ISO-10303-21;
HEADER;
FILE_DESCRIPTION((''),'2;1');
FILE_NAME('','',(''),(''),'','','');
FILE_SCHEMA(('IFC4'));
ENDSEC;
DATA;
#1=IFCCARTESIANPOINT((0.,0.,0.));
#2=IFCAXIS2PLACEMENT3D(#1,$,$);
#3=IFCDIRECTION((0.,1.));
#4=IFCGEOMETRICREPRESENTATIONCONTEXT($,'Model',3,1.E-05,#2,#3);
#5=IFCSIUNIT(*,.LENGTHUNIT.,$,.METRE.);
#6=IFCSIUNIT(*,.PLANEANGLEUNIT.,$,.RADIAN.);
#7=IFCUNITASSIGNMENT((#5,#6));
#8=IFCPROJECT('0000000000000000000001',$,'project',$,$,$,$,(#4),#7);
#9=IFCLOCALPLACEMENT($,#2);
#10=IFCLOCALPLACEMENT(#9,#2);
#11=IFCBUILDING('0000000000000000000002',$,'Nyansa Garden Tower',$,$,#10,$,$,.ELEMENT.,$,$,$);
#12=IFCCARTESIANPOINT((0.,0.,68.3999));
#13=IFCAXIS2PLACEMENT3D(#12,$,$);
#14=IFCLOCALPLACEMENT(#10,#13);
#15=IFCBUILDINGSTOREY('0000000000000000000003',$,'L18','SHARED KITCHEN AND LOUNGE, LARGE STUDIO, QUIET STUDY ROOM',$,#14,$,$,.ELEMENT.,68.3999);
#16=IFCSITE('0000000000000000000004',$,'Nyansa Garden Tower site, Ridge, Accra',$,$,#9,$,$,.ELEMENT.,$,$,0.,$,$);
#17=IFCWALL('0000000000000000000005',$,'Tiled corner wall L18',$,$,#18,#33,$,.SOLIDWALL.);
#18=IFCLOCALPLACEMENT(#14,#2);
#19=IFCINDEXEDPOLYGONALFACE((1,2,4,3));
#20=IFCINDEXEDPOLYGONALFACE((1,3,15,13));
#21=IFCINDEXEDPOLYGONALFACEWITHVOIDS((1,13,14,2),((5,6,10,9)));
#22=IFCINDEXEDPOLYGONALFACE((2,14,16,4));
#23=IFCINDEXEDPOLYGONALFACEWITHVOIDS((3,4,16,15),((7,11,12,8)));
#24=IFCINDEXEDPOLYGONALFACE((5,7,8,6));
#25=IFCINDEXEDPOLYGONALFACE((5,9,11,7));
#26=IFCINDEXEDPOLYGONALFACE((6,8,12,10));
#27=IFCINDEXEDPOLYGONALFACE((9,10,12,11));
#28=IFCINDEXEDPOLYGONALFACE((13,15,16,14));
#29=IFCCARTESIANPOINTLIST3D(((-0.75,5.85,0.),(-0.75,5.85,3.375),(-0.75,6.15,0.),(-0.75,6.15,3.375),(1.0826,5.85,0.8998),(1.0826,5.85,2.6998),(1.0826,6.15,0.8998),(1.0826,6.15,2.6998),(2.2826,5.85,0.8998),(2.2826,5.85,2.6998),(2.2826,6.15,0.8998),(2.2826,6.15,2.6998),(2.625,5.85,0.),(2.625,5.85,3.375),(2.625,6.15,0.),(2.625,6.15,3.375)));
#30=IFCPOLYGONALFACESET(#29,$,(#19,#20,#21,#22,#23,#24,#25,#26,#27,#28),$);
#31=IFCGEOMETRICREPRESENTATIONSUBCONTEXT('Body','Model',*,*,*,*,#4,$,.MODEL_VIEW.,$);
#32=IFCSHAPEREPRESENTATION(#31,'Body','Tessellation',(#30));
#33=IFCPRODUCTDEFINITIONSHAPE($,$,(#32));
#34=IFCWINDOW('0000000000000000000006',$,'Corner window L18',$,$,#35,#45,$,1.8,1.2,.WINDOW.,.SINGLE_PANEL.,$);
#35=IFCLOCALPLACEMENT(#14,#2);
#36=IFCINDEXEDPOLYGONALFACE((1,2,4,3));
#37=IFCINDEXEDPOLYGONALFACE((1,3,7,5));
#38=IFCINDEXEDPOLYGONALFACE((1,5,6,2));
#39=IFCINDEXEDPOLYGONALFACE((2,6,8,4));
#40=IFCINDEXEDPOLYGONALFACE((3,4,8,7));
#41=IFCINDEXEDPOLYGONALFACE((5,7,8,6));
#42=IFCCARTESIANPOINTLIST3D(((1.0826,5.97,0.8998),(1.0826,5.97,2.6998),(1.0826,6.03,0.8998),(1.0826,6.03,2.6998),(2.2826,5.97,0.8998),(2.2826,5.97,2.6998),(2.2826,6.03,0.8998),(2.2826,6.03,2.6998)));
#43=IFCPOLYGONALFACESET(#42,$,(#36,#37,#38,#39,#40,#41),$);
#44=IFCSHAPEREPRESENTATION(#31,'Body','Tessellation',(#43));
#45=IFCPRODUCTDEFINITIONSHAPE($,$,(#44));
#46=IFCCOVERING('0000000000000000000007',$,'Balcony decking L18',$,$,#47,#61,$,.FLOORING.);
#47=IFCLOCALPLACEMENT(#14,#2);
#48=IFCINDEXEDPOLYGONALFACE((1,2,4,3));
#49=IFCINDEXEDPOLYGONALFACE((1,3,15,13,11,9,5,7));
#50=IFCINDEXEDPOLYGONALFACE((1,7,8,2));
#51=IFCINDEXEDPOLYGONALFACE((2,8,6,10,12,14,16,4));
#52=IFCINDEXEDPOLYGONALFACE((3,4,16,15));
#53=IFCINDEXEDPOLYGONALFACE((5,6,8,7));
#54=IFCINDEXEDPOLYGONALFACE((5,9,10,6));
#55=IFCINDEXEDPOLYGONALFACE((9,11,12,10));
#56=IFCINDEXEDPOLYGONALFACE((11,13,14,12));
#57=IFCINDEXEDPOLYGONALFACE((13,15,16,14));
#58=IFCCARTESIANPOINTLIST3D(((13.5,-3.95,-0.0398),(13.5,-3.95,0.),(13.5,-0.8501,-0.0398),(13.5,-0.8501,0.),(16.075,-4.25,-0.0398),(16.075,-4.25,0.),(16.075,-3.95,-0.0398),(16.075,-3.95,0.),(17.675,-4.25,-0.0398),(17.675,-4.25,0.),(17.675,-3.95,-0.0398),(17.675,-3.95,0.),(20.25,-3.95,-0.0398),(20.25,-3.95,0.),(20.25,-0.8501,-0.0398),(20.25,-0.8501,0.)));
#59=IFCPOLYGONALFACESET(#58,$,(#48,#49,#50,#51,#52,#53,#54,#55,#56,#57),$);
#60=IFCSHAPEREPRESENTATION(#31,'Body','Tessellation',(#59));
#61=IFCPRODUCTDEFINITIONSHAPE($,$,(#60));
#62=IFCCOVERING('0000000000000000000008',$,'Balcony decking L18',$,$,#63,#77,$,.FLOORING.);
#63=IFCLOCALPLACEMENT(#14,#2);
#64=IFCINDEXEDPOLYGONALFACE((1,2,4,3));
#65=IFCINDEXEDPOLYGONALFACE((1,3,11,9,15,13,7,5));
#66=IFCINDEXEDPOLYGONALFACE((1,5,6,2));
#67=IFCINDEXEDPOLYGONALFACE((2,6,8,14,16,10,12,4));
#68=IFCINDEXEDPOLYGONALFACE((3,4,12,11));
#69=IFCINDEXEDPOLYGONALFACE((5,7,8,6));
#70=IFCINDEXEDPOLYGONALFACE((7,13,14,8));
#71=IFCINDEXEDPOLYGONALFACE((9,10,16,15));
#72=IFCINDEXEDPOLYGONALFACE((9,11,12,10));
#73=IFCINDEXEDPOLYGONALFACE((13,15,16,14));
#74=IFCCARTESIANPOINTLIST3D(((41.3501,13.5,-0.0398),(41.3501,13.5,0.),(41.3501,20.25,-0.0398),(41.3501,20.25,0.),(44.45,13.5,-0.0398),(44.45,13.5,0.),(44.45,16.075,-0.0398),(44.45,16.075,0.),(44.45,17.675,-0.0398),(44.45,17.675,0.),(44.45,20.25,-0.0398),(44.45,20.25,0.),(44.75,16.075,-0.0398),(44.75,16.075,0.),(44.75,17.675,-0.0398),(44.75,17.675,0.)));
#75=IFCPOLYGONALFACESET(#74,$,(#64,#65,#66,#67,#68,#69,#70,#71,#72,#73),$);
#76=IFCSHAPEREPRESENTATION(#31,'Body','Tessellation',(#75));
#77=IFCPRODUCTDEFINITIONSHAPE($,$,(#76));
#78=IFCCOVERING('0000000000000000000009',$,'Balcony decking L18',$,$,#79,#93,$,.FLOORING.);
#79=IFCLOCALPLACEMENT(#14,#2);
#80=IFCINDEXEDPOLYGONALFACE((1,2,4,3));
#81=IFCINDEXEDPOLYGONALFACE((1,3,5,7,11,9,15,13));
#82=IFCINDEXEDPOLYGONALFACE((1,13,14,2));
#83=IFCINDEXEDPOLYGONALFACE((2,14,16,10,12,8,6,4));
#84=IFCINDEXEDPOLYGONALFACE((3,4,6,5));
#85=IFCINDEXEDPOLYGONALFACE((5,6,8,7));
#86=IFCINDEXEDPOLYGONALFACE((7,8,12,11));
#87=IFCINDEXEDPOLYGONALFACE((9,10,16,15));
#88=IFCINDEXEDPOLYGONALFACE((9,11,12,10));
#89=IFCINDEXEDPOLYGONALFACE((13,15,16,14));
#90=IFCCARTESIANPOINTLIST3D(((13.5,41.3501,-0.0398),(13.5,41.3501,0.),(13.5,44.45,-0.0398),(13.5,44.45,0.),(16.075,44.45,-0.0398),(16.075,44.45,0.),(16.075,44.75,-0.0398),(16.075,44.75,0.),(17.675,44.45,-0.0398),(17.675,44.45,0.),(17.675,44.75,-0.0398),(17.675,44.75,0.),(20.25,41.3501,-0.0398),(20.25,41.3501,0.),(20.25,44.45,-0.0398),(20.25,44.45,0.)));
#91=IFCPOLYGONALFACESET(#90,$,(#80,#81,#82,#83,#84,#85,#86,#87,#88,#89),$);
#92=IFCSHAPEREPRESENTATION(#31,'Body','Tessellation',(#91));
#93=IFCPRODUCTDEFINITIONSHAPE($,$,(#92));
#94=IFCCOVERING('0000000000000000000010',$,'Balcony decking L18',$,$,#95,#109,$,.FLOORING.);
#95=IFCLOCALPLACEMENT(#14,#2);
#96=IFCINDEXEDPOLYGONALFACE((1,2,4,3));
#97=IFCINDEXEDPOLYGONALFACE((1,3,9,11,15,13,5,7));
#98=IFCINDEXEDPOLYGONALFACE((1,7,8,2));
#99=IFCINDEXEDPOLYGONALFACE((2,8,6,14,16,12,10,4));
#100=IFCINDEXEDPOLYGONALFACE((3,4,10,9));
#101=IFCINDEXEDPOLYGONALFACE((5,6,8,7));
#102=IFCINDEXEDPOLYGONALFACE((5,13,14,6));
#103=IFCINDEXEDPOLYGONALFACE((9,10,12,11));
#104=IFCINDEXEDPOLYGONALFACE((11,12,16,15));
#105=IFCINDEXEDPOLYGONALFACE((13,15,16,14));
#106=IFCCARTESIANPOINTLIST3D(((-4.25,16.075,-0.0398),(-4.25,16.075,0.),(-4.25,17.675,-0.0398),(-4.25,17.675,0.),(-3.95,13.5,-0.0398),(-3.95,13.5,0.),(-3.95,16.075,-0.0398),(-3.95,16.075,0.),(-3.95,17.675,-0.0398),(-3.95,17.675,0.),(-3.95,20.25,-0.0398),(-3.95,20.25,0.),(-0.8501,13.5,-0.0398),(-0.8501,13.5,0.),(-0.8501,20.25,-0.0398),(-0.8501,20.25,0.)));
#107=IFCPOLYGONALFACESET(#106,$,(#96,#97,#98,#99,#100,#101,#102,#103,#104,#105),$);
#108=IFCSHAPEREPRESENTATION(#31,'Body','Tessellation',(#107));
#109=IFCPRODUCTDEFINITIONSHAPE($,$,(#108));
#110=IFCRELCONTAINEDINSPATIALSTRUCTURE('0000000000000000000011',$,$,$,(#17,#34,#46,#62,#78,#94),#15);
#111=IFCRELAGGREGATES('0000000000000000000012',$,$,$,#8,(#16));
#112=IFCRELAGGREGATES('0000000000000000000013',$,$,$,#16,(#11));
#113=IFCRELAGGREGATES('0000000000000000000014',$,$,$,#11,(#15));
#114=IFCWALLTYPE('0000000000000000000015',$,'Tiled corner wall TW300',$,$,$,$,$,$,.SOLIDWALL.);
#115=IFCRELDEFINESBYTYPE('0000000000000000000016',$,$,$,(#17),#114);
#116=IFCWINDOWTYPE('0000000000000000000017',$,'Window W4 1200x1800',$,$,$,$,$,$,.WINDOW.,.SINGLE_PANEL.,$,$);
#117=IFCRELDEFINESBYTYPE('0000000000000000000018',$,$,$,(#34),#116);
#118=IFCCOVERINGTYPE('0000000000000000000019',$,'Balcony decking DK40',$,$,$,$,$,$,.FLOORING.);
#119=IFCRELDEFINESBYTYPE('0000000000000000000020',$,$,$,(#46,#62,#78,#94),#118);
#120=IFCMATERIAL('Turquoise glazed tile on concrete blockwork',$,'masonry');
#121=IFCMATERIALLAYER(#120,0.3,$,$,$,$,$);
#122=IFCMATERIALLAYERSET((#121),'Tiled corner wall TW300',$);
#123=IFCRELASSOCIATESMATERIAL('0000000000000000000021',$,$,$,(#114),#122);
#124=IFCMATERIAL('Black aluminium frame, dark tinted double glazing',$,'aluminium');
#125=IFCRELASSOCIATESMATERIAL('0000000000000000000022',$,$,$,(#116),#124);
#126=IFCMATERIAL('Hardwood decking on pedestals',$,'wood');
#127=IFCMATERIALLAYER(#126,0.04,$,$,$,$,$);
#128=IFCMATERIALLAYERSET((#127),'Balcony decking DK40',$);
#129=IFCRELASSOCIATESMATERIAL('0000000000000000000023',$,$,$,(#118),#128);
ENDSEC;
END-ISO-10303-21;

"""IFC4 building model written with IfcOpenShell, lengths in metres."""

from ifc_helpers import new_model, si_unit, direction, frame, frame_2d, origin, place, context, subcontext, project, spatial, polyline, rectangle, outline, extrude, material, layer, layer_set, type_object, element, fill, save


model = new_model("IFC4")

# Units and contexts
model_context = context("Model", 3, precision=1e-05, world=origin(), true_north=direction((0.0, 1.0)))
body_context = subcontext(model_context, "Body", "Model", "MODEL_VIEW")
ifc_project = project(units=[si_unit("LENGTHUNIT", "METRE"), si_unit("PLANEANGLEUNIT", "RADIAN")], contexts=[model_context])

# Site, building, storey
site_placement = place(None, origin())
site = spatial("IfcSite", under=ifc_project, at=site_placement, Name="Nyansa Garden Tower site, Ridge, Accra", CompositionType="ELEMENT", RefElevation=0.0)
building_placement = place(site_placement, origin())
building = spatial("IfcBuilding", under=site, at=building_placement, Name="Nyansa Garden Tower", CompositionType="ELEMENT")
storey_placement = place(building_placement, frame((0.0, 0.0, 68.3999)))
storey = spatial("IfcBuildingStorey", under=building, at=storey_placement, Name="L18", Description="SHARED KITCHEN AND LOUNGE, LARGE STUDIO, QUIET STUDY ROOM", CompositionType="ELEMENT", Elevation=68.3999)

# Wall, opening, window
ifc_material_1 = material(Name="Turquoise glazed tile on concrete blockwork", Category="masonry")
ifc_layer_1 = layer(ifc_material_1, 0.3)
ifc_layer_set_1 = layer_set([ifc_layer_1], Name="Tiled corner wall TW300")
wall_type = type_object("IfcWallType", Name="Tiled corner wall TW300", PredefinedType="SOLIDWALL", material=ifc_layer_set_1)
wall_placement = place(storey_placement, frame((-0.75, 6.0, 0.0), z_axis=(0.0, 0.0, 1.0), x_axis=(1.0, 0.0, 0.0)))
wall = element("IfcWall", 1, at=wall_placement, inside=storey, type_object=wall_type, Name="Tiled corner wall L18", PredefinedType="SOLIDWALL", context=body_context, shape_type="SweptSolid", body=[
    extrude(rectangle(XDim=3.375, YDim=0.3, at=frame_2d((1.6875, 0.0))), origin(), (0.0, 0.0, 1.0), 3.375),
])
opening_placement = place(wall_placement, frame((1.8325, 0.0, 0.8999)))
opening = element("IfcOpeningElement", 2, at=opening_placement, cuts=wall, PredefinedType="OPENING", context=body_context, shape_type="SweptSolid", body=[
    extrude(rectangle(XDim=1.2, YDim=1.8, at=frame_2d((0.6001, 0.8999))), frame((0.0, 0.1599, 0.0), z_axis=(0.0, -1.0, 0.0), x_axis=(1.0, 0.0, 0.0)), (0.0, 0.0, 1.0), 0.3201),
])
ifc_material_2 = material(Name="Black aluminium frame, dark tinted double glazing", Category="aluminium")
window_type = type_object("IfcWindowType", Name="Window W4 1200x1800", PartitioningType="SINGLE_PANEL", PredefinedType="WINDOW", material=ifc_material_2)
window_placement = place(opening_placement, origin())
window = element("IfcWindow", 3, at=window_placement, inside=storey, type_object=window_type, Name="Corner window L18", OverallHeight=1.8, OverallWidth=1.2, PartitioningType="SINGLE_PANEL", PredefinedType="WINDOW", context=body_context, shape_type="SweptSolid", body=[
    extrude(rectangle(XDim=1.2, YDim=1.8, at=frame_2d((0.6001, 0.8999))), frame((0.0, 0.03, 0.0), z_axis=(0.0, -1.0, 0.0), x_axis=(1.0, 0.0, 0.0)), (0.0, 0.0, 1.0), 0.0601),
])
fill(opening, window)

# Coverings
ifc_material_3 = material(Name="Hardwood decking on pedestals", Category="wood")
ifc_layer_2 = layer(ifc_material_3, 0.04)
ifc_layer_set_2 = layer_set([ifc_layer_2], Name="Balcony decking DK40")
covering_type = type_object("IfcCoveringType", Name="Balcony decking DK40", PredefinedType="FLOORING", material=ifc_layer_set_2)
covering_1_placement = place(storey_placement, frame((0.0, 0.0, -0.0398)))
element("IfcCovering", 4, at=covering_1_placement, inside=storey, type_object=covering_type, Name="Balcony decking L18", PredefinedType="FLOORING", context=body_context, shape_type="SweptSolid", body=[
    extrude(outline(polyline([(13.5, -0.8501), (20.25, -0.8501), (20.25, -3.95), (17.675, -3.95), (17.675, -4.25), (16.075, -4.25), (16.075, -3.95), (13.5, -3.95), (13.5, -0.8501)])), origin(), (0.0, 0.0, 1.0), 0.0398),
])
covering_2_placement = place(storey_placement, frame((0.0, 0.0, -0.0398)))
element("IfcCovering", 5, at=covering_2_placement, inside=storey, type_object=covering_type, Name="Balcony decking L18", PredefinedType="FLOORING", context=body_context, shape_type="SweptSolid", body=[
    extrude(outline(polyline([(41.3501, 13.5), (41.3501, 20.25), (44.45, 20.25), (44.45, 17.675), (44.75, 17.675), (44.75, 16.075), (44.45, 16.075), (44.45, 13.5), (41.3501, 13.5)])), origin(), (0.0, 0.0, 1.0), 0.0398),
])
covering_3_placement = place(storey_placement, frame((0.0, 0.0, -0.0398)))
element("IfcCovering", 6, at=covering_3_placement, inside=storey, type_object=covering_type, Name="Balcony decking L18", PredefinedType="FLOORING", context=body_context, shape_type="SweptSolid", body=[
    extrude(outline(polyline([(13.5, 41.3501), (20.25, 41.3501), (20.25, 44.45), (17.675, 44.45), (17.675, 44.75), (16.075, 44.75), (16.075, 44.45), (13.5, 44.45), (13.5, 41.3501)])), origin(), (0.0, 0.0, 1.0), 0.0398),
])
covering_4_placement = place(storey_placement, frame((0.0, 0.0, -0.0398)))
element("IfcCovering", 7, at=covering_4_placement, inside=storey, type_object=covering_type, Name="Balcony decking L18", PredefinedType="FLOORING", context=body_context, shape_type="SweptSolid", body=[
    extrude(outline(polyline([(-0.8501, 13.5), (-0.8501, 20.25), (-3.95, 20.25), (-3.95, 17.675), (-4.25, 17.675), (-4.25, 16.075), (-3.95, 16.075), (-3.95, 13.5), (-0.8501, 13.5)])), origin(), (0.0, 0.0, 1.0), 0.0398),
])

save(model, "model.ifc")
